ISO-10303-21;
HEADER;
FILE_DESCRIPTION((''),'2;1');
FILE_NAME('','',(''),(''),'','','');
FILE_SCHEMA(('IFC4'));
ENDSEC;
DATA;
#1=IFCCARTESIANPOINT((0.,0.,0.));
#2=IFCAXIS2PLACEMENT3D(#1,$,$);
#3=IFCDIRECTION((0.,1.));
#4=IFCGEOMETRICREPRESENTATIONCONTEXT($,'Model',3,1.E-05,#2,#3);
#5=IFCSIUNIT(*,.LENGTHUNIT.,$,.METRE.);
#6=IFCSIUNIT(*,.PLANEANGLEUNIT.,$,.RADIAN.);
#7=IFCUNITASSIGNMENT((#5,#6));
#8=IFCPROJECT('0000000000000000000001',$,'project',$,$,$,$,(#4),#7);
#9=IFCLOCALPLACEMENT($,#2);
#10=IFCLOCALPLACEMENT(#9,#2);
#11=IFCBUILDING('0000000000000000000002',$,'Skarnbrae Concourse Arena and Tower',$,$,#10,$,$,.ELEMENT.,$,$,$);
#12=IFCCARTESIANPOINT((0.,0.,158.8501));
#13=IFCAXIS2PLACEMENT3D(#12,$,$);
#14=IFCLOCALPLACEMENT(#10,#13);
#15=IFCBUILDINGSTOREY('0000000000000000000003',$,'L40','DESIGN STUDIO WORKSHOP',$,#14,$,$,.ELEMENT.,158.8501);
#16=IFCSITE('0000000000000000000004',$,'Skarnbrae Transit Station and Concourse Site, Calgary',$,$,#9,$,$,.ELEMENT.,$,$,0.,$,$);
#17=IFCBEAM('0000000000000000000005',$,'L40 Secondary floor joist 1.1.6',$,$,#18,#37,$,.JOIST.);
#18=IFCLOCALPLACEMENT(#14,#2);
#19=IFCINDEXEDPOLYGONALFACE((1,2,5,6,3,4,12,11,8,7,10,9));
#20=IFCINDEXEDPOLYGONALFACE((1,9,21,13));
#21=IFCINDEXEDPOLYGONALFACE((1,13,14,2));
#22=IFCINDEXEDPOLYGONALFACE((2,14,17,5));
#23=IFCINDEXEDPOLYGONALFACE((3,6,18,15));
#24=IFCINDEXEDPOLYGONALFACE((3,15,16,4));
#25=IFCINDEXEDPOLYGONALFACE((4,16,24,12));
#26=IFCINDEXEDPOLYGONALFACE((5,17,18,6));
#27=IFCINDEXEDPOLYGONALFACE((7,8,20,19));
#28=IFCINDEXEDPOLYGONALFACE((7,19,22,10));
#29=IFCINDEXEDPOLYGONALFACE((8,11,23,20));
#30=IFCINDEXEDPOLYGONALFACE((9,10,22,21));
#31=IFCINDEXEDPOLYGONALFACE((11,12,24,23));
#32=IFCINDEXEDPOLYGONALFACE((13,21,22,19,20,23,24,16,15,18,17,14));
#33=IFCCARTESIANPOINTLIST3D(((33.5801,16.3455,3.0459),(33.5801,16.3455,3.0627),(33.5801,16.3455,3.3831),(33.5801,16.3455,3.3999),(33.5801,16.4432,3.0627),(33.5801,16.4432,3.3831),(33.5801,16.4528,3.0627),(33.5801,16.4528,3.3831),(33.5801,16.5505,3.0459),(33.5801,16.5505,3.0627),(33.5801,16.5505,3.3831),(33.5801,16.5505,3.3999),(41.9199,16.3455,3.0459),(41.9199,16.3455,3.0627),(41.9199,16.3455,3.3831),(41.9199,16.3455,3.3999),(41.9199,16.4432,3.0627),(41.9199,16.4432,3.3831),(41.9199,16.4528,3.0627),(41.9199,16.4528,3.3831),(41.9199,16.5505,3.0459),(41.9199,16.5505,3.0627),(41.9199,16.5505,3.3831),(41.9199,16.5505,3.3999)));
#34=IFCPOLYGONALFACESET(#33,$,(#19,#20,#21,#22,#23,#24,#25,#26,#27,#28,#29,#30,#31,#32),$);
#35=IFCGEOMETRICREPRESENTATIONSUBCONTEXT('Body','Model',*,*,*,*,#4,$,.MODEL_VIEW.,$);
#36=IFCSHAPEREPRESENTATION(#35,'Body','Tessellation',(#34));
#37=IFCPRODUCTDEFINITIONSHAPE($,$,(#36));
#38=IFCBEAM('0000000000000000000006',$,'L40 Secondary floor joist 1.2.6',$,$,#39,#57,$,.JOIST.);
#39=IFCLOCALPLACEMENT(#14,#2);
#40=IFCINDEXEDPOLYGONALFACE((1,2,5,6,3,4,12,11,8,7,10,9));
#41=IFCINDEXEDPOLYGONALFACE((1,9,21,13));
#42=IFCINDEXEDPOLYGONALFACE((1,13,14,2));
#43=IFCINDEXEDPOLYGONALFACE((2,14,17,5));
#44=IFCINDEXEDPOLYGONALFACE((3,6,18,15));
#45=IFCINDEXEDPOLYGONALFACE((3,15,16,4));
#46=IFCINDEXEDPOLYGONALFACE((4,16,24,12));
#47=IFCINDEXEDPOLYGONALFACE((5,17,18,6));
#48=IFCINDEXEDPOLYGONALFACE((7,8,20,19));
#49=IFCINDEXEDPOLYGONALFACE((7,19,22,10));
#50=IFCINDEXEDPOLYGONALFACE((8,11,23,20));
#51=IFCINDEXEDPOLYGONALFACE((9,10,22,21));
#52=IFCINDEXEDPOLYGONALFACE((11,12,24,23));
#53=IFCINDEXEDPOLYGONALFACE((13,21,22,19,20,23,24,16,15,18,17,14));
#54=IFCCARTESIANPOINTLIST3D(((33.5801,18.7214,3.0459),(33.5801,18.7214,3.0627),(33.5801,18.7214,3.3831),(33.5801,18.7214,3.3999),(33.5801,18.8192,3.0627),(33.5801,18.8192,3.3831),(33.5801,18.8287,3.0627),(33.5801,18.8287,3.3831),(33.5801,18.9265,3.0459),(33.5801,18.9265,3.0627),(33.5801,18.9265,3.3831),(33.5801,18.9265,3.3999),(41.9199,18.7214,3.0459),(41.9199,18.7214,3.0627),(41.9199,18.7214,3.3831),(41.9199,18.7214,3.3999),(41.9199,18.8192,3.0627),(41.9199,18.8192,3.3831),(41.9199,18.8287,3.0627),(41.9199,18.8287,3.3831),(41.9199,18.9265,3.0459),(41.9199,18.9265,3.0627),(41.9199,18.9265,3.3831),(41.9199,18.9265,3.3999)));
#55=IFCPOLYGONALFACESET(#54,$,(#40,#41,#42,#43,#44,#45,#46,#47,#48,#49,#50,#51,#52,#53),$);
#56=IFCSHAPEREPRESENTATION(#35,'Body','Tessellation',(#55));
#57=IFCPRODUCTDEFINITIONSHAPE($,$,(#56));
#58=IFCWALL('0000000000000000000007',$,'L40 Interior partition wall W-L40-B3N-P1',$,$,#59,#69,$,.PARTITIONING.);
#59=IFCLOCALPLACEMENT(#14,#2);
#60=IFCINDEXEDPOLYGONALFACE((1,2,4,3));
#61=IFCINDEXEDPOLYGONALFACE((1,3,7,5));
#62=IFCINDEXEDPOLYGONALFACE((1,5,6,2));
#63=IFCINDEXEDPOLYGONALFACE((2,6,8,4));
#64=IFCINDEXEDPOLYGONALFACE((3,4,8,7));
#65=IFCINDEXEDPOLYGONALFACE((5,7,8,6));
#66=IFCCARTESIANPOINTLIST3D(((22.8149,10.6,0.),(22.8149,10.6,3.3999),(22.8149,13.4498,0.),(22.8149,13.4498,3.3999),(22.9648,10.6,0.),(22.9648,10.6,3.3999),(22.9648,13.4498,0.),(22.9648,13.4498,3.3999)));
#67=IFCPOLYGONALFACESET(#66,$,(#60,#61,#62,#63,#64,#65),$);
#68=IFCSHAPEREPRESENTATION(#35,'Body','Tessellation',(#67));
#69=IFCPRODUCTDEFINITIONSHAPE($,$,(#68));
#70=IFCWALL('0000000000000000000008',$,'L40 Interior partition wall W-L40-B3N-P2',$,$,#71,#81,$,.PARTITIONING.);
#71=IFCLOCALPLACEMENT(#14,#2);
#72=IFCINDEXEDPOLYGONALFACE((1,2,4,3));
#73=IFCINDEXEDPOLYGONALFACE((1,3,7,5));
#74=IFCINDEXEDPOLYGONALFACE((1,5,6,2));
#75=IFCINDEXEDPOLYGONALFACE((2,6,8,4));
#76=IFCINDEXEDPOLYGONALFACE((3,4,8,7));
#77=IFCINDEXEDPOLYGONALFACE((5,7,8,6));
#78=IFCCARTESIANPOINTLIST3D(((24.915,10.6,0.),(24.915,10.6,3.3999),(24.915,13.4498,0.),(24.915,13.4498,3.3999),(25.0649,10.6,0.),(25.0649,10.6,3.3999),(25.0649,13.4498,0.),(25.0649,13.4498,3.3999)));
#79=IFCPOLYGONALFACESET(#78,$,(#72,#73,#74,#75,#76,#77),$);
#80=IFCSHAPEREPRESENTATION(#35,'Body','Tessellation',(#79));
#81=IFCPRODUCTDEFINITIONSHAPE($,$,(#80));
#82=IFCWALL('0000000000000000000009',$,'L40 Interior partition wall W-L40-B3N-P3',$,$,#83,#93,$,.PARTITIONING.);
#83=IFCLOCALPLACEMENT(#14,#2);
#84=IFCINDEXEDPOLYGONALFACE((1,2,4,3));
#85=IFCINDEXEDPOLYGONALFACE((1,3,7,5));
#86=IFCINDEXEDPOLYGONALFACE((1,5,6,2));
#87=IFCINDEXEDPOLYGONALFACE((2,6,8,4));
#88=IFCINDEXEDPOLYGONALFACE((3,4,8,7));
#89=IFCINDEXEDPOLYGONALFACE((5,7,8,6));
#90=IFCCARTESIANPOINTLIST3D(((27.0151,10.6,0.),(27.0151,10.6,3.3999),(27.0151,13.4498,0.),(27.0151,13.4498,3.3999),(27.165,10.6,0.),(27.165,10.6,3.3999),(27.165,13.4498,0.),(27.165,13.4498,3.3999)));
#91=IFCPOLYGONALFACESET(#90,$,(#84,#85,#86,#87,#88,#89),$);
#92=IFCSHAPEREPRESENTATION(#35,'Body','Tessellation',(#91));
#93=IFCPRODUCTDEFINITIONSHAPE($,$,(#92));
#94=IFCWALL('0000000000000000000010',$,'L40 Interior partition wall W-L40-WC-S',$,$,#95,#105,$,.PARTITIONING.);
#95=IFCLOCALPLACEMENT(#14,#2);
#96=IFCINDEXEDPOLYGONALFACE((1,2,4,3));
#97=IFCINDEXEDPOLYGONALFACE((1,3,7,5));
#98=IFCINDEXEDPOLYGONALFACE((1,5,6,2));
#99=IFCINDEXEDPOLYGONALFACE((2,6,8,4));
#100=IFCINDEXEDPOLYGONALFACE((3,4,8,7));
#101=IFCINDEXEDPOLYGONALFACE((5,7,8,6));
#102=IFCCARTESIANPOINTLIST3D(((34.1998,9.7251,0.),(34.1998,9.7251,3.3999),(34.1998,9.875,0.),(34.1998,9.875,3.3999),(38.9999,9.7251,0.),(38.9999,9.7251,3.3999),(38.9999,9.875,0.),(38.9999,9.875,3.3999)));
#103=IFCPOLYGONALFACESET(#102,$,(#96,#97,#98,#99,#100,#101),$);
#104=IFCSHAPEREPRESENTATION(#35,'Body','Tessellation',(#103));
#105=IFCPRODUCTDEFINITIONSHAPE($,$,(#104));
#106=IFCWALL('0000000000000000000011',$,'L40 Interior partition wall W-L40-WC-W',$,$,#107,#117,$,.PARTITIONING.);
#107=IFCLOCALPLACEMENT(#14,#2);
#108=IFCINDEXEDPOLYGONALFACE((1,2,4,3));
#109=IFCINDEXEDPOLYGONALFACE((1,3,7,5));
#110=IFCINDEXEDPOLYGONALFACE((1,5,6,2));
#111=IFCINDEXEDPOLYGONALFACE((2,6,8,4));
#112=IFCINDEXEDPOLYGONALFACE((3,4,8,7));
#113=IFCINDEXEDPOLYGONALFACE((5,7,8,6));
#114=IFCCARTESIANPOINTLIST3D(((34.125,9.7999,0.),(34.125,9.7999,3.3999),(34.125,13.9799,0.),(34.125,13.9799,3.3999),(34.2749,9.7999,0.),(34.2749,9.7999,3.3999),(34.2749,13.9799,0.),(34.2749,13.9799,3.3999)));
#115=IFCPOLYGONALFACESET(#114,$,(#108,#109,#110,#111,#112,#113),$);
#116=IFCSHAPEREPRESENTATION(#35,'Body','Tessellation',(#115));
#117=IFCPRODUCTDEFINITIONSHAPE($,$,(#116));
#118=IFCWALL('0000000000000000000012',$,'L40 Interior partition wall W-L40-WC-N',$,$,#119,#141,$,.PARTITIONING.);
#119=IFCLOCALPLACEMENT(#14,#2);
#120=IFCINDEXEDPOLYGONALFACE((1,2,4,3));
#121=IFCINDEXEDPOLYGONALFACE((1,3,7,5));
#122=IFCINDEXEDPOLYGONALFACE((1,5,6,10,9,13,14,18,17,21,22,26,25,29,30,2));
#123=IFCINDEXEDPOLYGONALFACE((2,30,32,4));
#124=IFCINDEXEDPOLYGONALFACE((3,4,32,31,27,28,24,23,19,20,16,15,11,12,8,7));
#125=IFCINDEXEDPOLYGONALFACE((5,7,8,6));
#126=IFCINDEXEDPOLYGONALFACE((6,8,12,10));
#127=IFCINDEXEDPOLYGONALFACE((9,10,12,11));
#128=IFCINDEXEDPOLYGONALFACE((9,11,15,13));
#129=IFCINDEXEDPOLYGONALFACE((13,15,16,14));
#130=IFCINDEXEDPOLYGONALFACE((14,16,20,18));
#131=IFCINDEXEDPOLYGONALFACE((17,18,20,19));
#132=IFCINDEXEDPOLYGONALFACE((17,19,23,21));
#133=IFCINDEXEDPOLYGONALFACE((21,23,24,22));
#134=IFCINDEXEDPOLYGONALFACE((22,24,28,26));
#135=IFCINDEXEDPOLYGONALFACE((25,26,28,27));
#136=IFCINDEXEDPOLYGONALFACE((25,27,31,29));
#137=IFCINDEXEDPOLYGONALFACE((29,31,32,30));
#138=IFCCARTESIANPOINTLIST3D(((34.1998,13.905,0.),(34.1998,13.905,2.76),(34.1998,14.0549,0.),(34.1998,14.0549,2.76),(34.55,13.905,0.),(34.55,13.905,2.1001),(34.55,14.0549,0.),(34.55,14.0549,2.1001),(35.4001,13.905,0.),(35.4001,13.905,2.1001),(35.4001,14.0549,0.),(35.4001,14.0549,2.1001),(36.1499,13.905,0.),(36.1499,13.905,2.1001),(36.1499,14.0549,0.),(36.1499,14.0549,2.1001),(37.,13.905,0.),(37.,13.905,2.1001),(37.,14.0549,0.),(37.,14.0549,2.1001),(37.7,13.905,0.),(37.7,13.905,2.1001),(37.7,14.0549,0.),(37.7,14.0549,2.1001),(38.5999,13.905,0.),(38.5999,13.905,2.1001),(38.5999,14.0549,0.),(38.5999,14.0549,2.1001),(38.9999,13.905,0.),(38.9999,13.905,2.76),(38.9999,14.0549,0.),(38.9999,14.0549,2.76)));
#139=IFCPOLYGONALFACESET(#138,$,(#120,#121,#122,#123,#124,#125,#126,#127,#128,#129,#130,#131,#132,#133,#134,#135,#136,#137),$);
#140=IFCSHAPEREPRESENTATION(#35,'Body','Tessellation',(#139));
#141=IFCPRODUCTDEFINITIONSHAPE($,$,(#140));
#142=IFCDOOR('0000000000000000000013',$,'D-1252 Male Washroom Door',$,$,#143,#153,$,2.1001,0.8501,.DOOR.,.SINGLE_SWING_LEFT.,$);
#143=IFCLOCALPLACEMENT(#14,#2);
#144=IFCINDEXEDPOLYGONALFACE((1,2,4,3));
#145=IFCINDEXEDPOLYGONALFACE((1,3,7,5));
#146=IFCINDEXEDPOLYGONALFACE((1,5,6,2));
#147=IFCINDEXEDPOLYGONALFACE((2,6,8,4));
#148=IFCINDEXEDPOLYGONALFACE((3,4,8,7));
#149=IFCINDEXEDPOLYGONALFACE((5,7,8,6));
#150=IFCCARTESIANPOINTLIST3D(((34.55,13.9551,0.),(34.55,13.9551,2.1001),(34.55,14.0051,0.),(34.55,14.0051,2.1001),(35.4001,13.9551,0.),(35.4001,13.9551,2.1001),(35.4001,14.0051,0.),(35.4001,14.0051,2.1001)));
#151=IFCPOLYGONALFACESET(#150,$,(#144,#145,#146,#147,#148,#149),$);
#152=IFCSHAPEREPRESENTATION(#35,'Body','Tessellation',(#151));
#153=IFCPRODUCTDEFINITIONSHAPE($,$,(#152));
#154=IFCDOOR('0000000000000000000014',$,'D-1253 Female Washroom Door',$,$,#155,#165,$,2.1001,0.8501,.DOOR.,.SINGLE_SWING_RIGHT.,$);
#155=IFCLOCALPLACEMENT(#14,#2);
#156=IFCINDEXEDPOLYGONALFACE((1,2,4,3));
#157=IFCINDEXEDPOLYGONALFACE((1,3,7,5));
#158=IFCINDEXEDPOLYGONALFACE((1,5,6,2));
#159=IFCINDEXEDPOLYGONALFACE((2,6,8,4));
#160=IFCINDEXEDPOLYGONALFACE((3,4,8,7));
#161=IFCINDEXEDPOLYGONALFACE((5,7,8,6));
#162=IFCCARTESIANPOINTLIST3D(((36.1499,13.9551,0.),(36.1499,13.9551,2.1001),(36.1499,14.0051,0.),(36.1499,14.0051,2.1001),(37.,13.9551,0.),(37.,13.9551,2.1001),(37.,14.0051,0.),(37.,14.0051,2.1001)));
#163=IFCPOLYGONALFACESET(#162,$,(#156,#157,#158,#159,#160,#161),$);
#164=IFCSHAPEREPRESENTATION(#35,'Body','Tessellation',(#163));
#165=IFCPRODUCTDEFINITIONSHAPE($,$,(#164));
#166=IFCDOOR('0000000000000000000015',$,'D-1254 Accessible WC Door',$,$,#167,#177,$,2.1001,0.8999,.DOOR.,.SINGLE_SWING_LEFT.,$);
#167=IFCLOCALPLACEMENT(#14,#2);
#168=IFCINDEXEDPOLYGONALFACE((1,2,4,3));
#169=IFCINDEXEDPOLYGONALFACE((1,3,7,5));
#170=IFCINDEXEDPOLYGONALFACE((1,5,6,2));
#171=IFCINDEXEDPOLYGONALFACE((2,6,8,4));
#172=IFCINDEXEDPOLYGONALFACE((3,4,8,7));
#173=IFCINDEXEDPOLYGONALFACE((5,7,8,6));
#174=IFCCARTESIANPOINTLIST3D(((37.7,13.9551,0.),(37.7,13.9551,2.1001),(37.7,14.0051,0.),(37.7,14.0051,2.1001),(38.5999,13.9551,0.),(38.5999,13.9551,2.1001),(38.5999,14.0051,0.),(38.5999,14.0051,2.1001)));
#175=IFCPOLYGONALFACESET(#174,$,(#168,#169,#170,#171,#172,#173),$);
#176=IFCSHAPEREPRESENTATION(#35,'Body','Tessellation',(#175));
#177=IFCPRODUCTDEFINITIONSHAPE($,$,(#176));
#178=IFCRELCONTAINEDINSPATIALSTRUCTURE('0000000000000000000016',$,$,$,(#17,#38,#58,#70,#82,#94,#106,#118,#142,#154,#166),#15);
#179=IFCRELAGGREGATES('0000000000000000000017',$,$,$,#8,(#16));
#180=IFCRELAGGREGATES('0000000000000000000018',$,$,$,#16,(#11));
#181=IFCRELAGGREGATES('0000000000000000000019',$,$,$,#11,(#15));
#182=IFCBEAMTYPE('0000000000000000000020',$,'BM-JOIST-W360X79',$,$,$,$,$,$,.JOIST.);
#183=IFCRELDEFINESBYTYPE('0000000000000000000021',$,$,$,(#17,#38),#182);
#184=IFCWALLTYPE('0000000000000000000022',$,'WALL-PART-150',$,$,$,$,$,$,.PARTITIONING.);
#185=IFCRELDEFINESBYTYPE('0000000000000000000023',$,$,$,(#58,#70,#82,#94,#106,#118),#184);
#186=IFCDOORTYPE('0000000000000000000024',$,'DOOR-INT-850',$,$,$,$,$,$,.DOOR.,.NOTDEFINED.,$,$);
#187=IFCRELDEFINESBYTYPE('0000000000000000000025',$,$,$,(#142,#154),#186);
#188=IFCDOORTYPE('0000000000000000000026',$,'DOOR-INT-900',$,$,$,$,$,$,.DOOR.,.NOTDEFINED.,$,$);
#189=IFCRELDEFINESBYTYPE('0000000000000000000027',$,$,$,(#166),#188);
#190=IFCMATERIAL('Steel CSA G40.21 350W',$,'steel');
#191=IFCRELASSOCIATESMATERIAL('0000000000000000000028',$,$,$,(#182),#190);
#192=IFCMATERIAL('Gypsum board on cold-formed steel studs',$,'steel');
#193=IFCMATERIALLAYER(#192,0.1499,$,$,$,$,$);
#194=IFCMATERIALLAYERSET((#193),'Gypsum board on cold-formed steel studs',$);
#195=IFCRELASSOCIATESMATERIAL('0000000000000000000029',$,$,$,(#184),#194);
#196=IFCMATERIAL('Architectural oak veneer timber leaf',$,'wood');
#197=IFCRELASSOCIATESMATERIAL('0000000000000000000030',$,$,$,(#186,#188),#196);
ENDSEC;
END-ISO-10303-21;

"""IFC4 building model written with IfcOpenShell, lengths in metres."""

from ifc_helpers import new_model, si_unit, direction, frame, frame_2d, origin, origin_2d, place, context, subcontext, project, spatial, rectangle, i_section, extrude, source, transform, mapped, material, layer, layer_set, material_profile, profile_set, type_object, element, fill, save


model = new_model("IFC4")

# Units and contexts
model_context = context("Model", 3, precision=1e-05, world=origin(), true_north=direction((0.0, 1.0)))
body_context = subcontext(model_context, "Body", "Model", "MODEL_VIEW")
ifc_project = project(units=[si_unit("LENGTHUNIT", "METRE"), si_unit("PLANEANGLEUNIT", "RADIAN")], contexts=[model_context])

# Site, building, storey
site_placement = place(None, origin())
site = spatial("IfcSite", under=ifc_project, at=site_placement, Name="Skarnbrae Transit Station and Concourse Site, Calgary", CompositionType="ELEMENT", RefElevation=0.0)
building_placement = place(site_placement, origin())
building = spatial("IfcBuilding", under=site, at=building_placement, Name="Skarnbrae Concourse Arena and Tower", CompositionType="ELEMENT")
storey_placement = place(building_placement, frame((0.0, 0.0, 158.8501)))
storey = spatial("IfcBuildingStorey", under=building, at=storey_placement, Name="L40", Description="DESIGN STUDIO WORKSHOP", CompositionType="ELEMENT", Elevation=158.8501)

# Shared definitions
ifc_material_1 = material(Name="Steel CSA G40.21 350W", Category="steel")

# Beams
ifc_material_profile_1 = material_profile(ifc_material_1, i_section(OverallWidth=0.2051, OverallDepth=0.354, WebThickness=0.0095, FlangeThickness=0.0168, at=origin_2d()), Name="W360X79")
ifc_profile_set_1 = profile_set([ifc_material_profile_1], Name="Steel CSA G40.21 350W")
beam_type_1 = type_object("IfcBeamType", Name="BM-JOIST-W360X79", PredefinedType="JOIST", material=ifc_profile_set_1)
shared_shape_1 = source(origin(), body_context, "Body", "SweptSolid", [
    extrude(i_section(OverallWidth=0.2051, OverallDepth=0.354, WebThickness=0.0095, FlangeThickness=0.0168, at=origin_2d()), origin(), (0.0, 0.0, 1.0), 8.3398),
])
for number, where, z_axis, x_axis, name in (
    (1, (33.5801, 16.448, 3.2229), (1.0, 0.0, 0.0), (0.0, 1.0, 0.0), "L40 Secondary floor joist 1.1.6"),
    (2, (33.5801, 18.824, 3.2229), (1.0, 0.0, 0.0), (0.0, 1.0, 0.0), "L40 Secondary floor joist 1.2.6"),
):
    element("IfcBeam", number, at=place(storey_placement, frame(where, z_axis=z_axis, x_axis=x_axis)), inside=storey, type_object=beam_type_1, Name=name, PredefinedType="JOIST", context=body_context, shape_type="MappedRepresentation", body=[
        mapped(shared_shape_1, transform((0.0, 0.0, 0.0))),
    ])

# Walls
ifc_material_2 = material(Name="Gypsum board on cold-formed steel studs", Category="steel")
ifc_layer_1 = layer(ifc_material_2, 0.1499)
ifc_layer_set_1 = layer_set([ifc_layer_1], Name="Gypsum board on cold-formed steel studs")
wall_type_1 = type_object("IfcWallType", Name="WALL-PART-150", PredefinedType="PARTITIONING", material=ifc_layer_set_1)
shared_shape_2 = source(origin(), body_context, "Body", "SweptSolid", [
    extrude(rectangle(XDim=2.8499, YDim=0.1499, at=frame_2d((1.4248, 0.0))), origin(), (0.0, 0.0, 1.0), 3.3999),
])
for number, where, z_axis, x_axis, name in (
    (3, (22.8899, 10.6001, 0.0), (0.0, 0.0, 1.0), (0.0, 1.0, 0.0), "L40 Interior partition wall W-L40-B3N-P1"),
    (4, (24.99, 10.6001, 0.0), (0.0, 0.0, 1.0), (0.0, 1.0, 0.0), "L40 Interior partition wall W-L40-B3N-P2"),
    (5, (27.0901, 10.6001, 0.0), (0.0, 0.0, 1.0), (0.0, 1.0, 0.0), "L40 Interior partition wall W-L40-B3N-P3"),
):
    element("IfcWall", number, at=place(storey_placement, frame(where, z_axis=z_axis, x_axis=x_axis)), inside=storey, type_object=wall_type_1, Name=name, PredefinedType="PARTITIONING", context=body_context, shape_type="MappedRepresentation", body=[
        mapped(shared_shape_2, transform((0.0, 0.0, 0.0))),
    ])
shared_shape_3 = source(origin(), body_context, "Body", "SweptSolid", [
    extrude(rectangle(XDim=4.8, YDim=0.1499, at=frame_2d((2.3999, 0.0))), origin(), (0.0, 0.0, 1.0), 3.3999),
])
wall_1_placement = place(storey_placement, frame((34.2, 9.8, 0.0), z_axis=(0.0, 0.0, 1.0), x_axis=(1.0, 0.0, 0.0)))
element("IfcWall", 6, at=wall_1_placement, inside=storey, type_object=wall_type_1, Name="L40 Interior partition wall W-L40-WC-S", PredefinedType="PARTITIONING", context=body_context, shape_type="MappedRepresentation", body=[
    mapped(shared_shape_3, transform((0.0, 0.0, 0.0))),
])
shared_shape_4 = source(origin(), body_context, "Body", "SweptSolid", [
    extrude(rectangle(XDim=4.1799, YDim=0.1499, at=frame_2d((2.0898, 0.0))), origin(), (0.0, 0.0, 1.0), 3.3999),
])
wall_2_placement = place(storey_placement, frame((34.2, 9.8, 0.0), z_axis=(0.0, 0.0, 1.0), x_axis=(0.0, 1.0, 0.0)))
element("IfcWall", 7, at=wall_2_placement, inside=storey, type_object=wall_type_1, Name="L40 Interior partition wall W-L40-WC-W", PredefinedType="PARTITIONING", context=body_context, shape_type="MappedRepresentation", body=[
    mapped(shared_shape_4, transform((0.0, 0.0, 0.0))),
])

# Wall, openings, doors
shared_shape_5 = source(origin(), body_context, "Body", "SweptSolid", [
    extrude(rectangle(XDim=4.8, YDim=0.1499, at=frame_2d((2.3999, 0.0))), origin(), (0.0, 0.0, 1.0), 2.76),
])
wall_3_placement = place(storey_placement, frame((34.2, 13.98, 0.0), z_axis=(0.0, 0.0, 1.0), x_axis=(1.0, 0.0, 0.0)))
wall_3 = element("IfcWall", 8, at=wall_3_placement, inside=storey, type_object=wall_type_1, Name="L40 Interior partition wall W-L40-WC-N", PredefinedType="PARTITIONING", context=body_context, shape_type="MappedRepresentation", body=[
    mapped(shared_shape_5, transform((0.0, 0.0, 0.0))),
])
opening_1_placement = place(wall_3_placement, frame((0.3501, 0.0, 0.0)))
opening_1 = element("IfcOpeningElement", 9, at=opening_1_placement, cuts=wall_3, PredefinedType="OPENING", context=body_context, shape_type="SweptSolid", body=[
    extrude(rectangle(XDim=0.8501, YDim=2.1001, at=frame_2d((0.425, 1.05))), frame((0.0, 0.085, 0.0), z_axis=(0.0, -1.0, 0.0), x_axis=(1.0, 0.0, 0.0)), (0.0, 0.0, 1.0), 0.1699),
])
opening_2_placement = place(wall_3_placement, frame((1.95, 0.0, 0.0)))
opening_2 = element("IfcOpeningElement", 10, at=opening_2_placement, cuts=wall_3, PredefinedType="OPENING", context=body_context, shape_type="SweptSolid", body=[
    extrude(rectangle(XDim=0.8501, YDim=2.1001, at=frame_2d((0.425, 1.05))), frame((0.0, 0.085, 0.0), z_axis=(0.0, -1.0, 0.0), x_axis=(1.0, 0.0, 0.0)), (0.0, 0.0, 1.0), 0.1699),
])
opening_3_placement = place(wall_3_placement, frame((3.5, 0.0, 0.0)))
opening_3 = element("IfcOpeningElement", 11, at=opening_3_placement, cuts=wall_3, PredefinedType="OPENING", context=body_context, shape_type="SweptSolid", body=[
    extrude(rectangle(XDim=0.8999, YDim=2.1001, at=frame_2d((0.45, 1.05))), frame((0.0, 0.085, 0.0), z_axis=(0.0, -1.0, 0.0), x_axis=(1.0, 0.0, 0.0)), (0.0, 0.0, 1.0), 0.1699),
])
ifc_material_3 = material(Name="Architectural oak veneer timber leaf", Category="wood")
door_type_1 = type_object("IfcDoorType", Name="DOOR-INT-850", OperationType="NOTDEFINED", PredefinedType="DOOR", material=ifc_material_3)
shared_shape_6 = source(origin(), body_context, "Body", "SweptSolid", [
    extrude(rectangle(XDim=0.8501, YDim=2.1001, at=frame_2d((0.425, 1.05))), frame((0.0, 0.0249, 0.0), z_axis=(0.0, -1.0, 0.0), x_axis=(1.0, 0.0, 0.0)), (0.0, 0.0, 1.0), 0.05),
])
door_1_placement = place(opening_1_placement, frame((0.8501, 0.0, 0.0), z_axis=(0.0, 0.0, 1.0), x_axis=(-1.0, 0.0, 0.0)))
door_1 = element("IfcDoor", 12, at=door_1_placement, inside=storey, type_object=door_type_1, Name="D-1252 Male Washroom Door", OperationType="SINGLE_SWING_LEFT", OverallHeight=2.1001, OverallWidth=0.8501, PredefinedType="DOOR", context=body_context, shape_type="MappedRepresentation", body=[
    mapped(shared_shape_6, transform((0.0, 0.0, 0.0))),
])
fill(opening_1, door_1)
door_2_placement = place(opening_2_placement, frame((0.8501, 0.0, 0.0), z_axis=(0.0, 0.0, 1.0), x_axis=(-1.0, 0.0, 0.0)))
door_2 = element("IfcDoor", 13, at=door_2_placement, inside=storey, type_object=door_type_1, Name="D-1253 Female Washroom Door", OperationType="SINGLE_SWING_RIGHT", OverallHeight=2.1001, OverallWidth=0.8501, PredefinedType="DOOR", context=body_context, shape_type="MappedRepresentation", body=[
    mapped(shared_shape_6, transform((0.0, 0.0, 0.0))),
])
fill(opening_2, door_2)
door_type_2 = type_object("IfcDoorType", Name="DOOR-INT-900", OperationType="NOTDEFINED", PredefinedType="DOOR", material=ifc_material_3)
shared_shape_7 = source(origin(), body_context, "Body", "SweptSolid", [
    extrude(rectangle(XDim=0.8999, YDim=2.1001, at=frame_2d((0.45, 1.05))), frame((0.0, 0.0249, 0.0), z_axis=(0.0, -1.0, 0.0), x_axis=(1.0, 0.0, 0.0)), (0.0, 0.0, 1.0), 0.05),
])
door_3_placement = place(opening_3_placement, frame((0.8999, 0.0, 0.0), z_axis=(0.0, 0.0, 1.0), x_axis=(-1.0, 0.0, 0.0)))
door_3 = element("IfcDoor", 14, at=door_3_placement, inside=storey, type_object=door_type_2, Name="D-1254 Accessible WC Door", OperationType="SINGLE_SWING_LEFT", OverallHeight=2.1001, OverallWidth=0.8999, PredefinedType="DOOR", context=body_context, shape_type="MappedRepresentation", body=[
    mapped(shared_shape_7, transform((0.0, 0.0, 0.0))),
])
fill(opening_3, door_3)

save(model, "model.ifc")
